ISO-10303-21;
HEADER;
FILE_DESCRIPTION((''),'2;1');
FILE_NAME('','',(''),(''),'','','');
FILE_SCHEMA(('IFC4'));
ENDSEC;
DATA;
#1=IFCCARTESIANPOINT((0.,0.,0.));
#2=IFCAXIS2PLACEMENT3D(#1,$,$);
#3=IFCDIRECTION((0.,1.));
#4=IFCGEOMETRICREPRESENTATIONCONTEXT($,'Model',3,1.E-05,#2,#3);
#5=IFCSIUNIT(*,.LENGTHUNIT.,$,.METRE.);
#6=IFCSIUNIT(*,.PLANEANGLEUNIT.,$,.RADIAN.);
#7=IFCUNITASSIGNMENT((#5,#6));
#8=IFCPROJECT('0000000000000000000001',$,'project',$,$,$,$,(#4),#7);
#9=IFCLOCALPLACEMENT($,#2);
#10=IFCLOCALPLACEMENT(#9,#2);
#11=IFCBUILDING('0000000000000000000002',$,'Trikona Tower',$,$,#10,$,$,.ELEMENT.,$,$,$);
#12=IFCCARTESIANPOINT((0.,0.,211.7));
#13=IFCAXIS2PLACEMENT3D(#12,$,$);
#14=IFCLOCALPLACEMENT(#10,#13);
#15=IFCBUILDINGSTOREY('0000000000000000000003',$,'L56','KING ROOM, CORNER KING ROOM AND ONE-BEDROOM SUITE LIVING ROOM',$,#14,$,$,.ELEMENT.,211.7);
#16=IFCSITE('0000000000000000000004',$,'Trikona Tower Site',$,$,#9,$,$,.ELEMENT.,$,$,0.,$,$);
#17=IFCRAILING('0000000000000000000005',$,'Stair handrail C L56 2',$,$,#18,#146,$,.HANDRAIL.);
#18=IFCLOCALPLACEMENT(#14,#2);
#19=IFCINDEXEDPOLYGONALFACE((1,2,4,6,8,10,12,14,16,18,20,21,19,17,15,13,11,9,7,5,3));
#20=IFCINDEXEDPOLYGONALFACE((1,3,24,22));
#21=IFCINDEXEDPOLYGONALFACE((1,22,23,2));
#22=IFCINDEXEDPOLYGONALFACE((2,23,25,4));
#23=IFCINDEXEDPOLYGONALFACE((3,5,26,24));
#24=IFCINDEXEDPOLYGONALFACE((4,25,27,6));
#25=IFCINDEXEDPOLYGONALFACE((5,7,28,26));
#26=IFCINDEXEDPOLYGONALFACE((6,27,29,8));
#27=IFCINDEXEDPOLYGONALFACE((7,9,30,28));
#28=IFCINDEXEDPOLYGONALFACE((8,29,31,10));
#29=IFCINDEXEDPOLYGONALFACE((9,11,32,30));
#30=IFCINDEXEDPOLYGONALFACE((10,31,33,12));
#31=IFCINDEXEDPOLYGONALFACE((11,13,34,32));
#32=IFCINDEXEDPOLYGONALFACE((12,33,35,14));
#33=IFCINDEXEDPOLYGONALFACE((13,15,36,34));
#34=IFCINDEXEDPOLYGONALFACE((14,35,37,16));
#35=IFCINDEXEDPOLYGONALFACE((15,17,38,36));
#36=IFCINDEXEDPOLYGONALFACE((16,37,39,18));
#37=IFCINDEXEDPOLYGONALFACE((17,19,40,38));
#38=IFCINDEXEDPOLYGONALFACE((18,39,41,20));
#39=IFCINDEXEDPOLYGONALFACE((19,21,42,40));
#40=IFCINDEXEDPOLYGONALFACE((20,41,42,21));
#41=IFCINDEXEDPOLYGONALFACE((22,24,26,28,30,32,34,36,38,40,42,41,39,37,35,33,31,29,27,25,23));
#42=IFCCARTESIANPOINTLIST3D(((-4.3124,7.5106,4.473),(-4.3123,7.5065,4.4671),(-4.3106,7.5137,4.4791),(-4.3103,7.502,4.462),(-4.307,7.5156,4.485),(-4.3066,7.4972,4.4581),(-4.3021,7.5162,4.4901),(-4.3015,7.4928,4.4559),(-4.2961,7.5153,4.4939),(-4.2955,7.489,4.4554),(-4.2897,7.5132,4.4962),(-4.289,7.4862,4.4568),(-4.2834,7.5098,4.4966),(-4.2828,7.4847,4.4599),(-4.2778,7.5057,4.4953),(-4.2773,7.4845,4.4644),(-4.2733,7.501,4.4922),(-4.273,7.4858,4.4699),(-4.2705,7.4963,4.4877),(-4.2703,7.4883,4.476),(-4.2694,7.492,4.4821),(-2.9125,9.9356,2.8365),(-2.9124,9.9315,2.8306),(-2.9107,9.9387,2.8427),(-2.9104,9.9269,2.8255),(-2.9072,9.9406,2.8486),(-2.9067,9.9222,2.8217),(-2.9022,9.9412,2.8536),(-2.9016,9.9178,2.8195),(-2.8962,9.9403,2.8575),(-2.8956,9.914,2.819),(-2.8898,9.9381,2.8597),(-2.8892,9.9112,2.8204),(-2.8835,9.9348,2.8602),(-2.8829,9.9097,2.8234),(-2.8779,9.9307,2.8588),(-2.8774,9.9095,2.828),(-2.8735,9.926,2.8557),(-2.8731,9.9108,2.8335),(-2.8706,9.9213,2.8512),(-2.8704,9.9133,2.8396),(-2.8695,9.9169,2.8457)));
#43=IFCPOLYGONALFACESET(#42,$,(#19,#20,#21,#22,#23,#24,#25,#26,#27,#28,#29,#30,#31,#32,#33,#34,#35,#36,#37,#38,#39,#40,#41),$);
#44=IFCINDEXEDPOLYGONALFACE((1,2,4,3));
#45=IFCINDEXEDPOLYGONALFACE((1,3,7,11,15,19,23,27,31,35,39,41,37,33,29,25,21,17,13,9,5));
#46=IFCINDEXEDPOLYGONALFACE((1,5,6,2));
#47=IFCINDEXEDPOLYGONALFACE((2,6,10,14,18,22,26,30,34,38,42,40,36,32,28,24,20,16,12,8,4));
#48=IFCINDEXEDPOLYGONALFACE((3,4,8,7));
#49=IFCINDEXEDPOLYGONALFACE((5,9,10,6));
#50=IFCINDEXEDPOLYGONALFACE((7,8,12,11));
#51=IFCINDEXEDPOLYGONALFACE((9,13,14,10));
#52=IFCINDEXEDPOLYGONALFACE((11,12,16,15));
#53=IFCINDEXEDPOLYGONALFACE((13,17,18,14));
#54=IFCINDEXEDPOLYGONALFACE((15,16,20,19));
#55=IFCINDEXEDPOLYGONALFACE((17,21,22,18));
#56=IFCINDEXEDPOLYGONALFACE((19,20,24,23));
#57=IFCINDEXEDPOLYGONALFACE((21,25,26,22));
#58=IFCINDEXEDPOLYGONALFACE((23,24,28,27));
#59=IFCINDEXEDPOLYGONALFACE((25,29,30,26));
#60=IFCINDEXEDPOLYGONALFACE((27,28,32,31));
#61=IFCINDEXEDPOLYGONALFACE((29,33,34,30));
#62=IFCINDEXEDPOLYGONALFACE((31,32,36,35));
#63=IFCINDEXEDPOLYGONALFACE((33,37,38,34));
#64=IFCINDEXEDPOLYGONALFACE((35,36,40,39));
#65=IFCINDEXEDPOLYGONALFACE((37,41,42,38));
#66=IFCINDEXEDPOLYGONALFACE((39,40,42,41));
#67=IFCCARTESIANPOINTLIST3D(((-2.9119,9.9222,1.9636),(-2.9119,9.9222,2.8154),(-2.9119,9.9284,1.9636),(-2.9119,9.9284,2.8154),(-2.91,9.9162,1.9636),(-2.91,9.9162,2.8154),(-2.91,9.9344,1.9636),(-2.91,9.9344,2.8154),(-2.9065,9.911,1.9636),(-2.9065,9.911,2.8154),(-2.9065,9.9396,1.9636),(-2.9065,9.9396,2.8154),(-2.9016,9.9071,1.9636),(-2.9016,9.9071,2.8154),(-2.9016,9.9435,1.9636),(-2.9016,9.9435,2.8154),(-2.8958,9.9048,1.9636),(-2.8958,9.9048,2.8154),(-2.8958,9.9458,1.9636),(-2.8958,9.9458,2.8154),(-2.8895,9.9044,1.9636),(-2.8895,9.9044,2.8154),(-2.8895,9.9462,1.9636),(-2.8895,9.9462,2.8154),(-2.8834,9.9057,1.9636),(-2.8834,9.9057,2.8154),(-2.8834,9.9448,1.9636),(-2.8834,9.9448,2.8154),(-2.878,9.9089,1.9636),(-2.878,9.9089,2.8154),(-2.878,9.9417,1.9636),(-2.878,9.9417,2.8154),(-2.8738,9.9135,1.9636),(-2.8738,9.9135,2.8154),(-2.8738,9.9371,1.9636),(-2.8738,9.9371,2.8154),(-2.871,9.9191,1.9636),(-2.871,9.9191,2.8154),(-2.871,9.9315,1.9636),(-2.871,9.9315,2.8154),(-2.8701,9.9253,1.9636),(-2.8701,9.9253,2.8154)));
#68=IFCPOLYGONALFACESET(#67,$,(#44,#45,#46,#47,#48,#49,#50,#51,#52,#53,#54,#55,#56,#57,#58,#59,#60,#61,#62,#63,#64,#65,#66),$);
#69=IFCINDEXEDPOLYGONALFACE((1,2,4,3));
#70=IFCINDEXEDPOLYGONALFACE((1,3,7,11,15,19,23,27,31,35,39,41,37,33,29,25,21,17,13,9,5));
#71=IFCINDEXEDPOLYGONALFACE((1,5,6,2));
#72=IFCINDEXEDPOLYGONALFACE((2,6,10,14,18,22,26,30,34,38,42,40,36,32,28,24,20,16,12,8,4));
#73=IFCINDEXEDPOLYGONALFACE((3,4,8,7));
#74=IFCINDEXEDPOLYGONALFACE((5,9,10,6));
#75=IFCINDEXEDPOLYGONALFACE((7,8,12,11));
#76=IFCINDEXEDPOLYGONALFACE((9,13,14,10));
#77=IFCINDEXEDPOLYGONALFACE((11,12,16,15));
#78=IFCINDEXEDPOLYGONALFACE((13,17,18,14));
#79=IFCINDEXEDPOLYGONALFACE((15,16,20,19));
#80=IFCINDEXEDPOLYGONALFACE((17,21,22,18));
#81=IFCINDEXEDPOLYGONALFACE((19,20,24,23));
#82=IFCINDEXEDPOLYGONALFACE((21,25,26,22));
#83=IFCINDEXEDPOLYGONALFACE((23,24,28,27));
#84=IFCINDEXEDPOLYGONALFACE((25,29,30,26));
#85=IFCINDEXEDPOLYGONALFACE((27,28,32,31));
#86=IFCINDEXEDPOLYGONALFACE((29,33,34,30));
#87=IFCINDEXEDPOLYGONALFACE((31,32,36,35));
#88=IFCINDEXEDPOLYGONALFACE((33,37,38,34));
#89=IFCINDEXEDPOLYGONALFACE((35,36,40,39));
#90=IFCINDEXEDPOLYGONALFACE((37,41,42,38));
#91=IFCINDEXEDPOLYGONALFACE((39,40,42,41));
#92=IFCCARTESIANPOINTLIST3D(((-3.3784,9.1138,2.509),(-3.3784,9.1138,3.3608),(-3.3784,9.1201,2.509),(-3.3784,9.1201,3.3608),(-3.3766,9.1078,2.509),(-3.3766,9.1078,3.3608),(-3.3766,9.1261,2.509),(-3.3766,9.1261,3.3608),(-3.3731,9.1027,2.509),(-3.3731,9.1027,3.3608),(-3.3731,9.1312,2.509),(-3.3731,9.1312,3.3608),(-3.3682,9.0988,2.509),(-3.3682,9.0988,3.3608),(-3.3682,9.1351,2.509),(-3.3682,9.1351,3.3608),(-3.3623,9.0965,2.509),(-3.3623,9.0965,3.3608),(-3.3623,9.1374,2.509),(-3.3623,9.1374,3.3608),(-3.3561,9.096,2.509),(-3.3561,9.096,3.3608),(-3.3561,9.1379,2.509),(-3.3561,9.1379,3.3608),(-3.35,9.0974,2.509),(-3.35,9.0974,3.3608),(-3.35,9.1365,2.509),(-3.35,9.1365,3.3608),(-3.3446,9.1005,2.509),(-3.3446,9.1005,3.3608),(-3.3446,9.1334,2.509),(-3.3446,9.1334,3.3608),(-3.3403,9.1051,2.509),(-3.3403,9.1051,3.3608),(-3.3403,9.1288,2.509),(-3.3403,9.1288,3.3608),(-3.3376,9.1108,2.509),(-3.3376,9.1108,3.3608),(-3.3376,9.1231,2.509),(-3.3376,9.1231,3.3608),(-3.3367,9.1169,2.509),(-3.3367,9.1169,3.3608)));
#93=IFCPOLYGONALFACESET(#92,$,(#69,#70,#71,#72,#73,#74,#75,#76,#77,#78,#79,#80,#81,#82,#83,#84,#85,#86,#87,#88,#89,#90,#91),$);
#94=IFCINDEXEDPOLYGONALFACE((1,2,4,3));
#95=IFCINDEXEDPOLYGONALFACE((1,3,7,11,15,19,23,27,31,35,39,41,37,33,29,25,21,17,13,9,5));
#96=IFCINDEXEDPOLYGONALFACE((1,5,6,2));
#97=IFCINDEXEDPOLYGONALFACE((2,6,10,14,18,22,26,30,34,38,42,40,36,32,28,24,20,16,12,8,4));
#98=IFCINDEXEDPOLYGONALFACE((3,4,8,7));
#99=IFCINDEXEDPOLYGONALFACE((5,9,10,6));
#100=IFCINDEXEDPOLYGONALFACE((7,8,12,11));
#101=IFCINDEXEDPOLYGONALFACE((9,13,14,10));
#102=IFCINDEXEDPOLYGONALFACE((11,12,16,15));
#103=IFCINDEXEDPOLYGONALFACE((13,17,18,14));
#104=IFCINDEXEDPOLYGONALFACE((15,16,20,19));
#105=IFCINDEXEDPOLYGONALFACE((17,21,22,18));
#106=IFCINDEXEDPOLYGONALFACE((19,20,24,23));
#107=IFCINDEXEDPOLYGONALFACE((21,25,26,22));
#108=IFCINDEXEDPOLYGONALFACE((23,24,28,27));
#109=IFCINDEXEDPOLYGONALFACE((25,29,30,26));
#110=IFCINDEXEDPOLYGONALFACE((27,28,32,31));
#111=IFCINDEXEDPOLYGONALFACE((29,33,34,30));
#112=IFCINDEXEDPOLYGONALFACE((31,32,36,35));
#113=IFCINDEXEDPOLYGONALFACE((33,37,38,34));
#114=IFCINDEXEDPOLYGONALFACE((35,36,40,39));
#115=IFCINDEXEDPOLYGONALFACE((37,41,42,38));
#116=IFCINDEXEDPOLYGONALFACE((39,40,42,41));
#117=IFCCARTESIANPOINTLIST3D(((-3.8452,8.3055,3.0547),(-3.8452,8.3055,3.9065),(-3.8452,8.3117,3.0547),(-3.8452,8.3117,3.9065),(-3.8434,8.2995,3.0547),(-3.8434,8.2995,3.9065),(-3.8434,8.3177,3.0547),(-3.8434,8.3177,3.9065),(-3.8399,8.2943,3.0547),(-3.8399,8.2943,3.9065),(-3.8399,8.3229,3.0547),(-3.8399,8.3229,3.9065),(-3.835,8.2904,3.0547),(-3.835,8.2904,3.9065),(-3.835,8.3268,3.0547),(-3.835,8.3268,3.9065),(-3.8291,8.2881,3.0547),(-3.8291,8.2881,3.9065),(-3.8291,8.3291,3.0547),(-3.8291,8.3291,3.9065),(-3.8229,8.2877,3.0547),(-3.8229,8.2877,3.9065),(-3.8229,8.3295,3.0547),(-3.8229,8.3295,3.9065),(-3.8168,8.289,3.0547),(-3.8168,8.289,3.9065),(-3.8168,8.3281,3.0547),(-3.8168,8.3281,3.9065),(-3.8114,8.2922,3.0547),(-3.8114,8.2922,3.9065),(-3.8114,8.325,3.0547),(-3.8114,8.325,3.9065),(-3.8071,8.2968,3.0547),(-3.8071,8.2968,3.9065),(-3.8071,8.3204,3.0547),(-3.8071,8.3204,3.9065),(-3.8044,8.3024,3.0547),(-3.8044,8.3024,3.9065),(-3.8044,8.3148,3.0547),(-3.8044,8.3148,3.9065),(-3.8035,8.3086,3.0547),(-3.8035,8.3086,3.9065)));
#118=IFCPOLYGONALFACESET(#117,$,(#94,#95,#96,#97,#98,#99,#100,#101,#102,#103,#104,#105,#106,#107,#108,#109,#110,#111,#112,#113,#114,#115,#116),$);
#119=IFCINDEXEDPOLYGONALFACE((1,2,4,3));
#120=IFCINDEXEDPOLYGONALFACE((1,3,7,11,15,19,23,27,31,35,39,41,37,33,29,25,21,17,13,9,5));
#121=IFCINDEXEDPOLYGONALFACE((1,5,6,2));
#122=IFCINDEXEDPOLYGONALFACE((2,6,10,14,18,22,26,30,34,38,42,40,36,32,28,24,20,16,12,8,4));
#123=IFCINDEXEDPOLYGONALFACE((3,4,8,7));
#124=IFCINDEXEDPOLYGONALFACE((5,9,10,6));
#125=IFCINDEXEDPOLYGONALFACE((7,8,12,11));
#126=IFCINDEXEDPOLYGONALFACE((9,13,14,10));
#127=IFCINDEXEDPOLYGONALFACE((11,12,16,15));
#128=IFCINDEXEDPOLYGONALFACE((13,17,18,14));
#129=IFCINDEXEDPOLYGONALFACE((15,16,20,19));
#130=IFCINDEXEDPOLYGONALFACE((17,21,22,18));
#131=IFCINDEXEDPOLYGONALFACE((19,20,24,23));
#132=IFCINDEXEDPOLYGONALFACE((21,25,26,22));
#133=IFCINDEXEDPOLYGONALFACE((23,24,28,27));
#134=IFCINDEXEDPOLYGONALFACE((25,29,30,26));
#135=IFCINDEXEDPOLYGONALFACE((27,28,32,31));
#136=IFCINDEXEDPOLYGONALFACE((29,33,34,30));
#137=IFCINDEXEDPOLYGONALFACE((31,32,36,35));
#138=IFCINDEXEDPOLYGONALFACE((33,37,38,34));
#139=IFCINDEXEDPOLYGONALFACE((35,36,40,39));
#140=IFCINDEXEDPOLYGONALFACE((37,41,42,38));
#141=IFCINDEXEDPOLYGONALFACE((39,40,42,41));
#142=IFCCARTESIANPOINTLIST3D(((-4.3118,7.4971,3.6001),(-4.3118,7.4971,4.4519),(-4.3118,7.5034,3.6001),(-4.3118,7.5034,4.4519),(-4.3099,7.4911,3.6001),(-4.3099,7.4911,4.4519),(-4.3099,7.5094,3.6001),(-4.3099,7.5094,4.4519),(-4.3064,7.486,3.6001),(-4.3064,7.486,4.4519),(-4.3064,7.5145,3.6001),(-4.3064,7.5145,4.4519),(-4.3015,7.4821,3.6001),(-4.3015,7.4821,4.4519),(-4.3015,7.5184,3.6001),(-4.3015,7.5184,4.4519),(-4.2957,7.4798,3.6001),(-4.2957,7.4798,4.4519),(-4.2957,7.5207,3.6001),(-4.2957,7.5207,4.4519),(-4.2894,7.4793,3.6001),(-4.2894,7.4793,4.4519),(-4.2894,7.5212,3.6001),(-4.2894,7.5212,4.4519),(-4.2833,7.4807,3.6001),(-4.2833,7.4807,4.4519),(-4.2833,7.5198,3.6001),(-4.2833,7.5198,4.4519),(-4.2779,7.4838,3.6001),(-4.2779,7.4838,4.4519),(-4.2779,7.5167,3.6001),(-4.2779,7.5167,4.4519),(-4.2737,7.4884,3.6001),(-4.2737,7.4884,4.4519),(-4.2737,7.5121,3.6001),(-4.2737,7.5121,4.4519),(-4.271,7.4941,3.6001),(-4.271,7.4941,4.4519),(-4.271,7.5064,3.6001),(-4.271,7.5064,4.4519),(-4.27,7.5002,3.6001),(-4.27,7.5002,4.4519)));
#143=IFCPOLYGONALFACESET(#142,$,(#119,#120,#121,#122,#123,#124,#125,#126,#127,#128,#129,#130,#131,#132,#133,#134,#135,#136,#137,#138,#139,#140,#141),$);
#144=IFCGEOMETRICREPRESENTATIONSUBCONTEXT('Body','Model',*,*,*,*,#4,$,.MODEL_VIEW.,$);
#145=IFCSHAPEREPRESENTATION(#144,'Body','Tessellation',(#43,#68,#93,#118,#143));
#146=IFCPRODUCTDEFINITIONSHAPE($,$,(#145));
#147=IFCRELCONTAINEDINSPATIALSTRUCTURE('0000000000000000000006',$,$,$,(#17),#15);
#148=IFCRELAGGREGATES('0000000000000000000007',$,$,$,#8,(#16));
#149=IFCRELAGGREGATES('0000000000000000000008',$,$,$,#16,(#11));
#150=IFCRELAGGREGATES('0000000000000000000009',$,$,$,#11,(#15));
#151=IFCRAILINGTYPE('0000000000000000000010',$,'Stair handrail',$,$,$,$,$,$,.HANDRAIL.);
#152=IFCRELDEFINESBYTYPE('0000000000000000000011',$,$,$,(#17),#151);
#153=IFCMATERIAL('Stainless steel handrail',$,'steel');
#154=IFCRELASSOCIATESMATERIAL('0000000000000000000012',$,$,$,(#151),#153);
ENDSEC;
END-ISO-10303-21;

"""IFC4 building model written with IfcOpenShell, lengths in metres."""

from ifc_helpers import new_model, si_unit, direction, frame, origin, origin_2d, place, context, subcontext, project, spatial, circle, extrude, material, type_object, element, save


model = new_model("IFC4")

# Units and contexts
model_context = context("Model", 3, precision=1e-05, world=origin(), true_north=direction((0.0, 1.0)))
body_context = subcontext(model_context, "Body", "Model", "MODEL_VIEW")
ifc_project = project(units=[si_unit("LENGTHUNIT", "METRE"), si_unit("PLANEANGLEUNIT", "RADIAN")], contexts=[model_context])

# Site, building, storey
site_placement = place(None, origin())
site = spatial("IfcSite", under=ifc_project, at=site_placement, Name="Trikona Tower Site", CompositionType="ELEMENT", RefElevation=0.0)
building_placement = place(site_placement, origin())
building = spatial("IfcBuilding", under=site, at=building_placement, Name="Trikona Tower", CompositionType="ELEMENT")
storey_placement = place(building_placement, frame((0.0, 0.0, 211.7)))
storey = spatial("IfcBuildingStorey", under=building, at=storey_placement, Name="L56", Description="KING ROOM, CORNER KING ROOM AND ONE-BEDROOM SUITE LIVING ROOM", CompositionType="ELEMENT", Elevation=211.7)

# Railing
ifc_material_1 = material(Name="Stainless steel handrail", Category="steel")
railing_type = type_object("IfcRailingType", Name="Stair handrail", PredefinedType="HANDRAIL", material=ifc_material_1)
railing_1_placement = place(storey_placement, frame((-2.8911, 9.9253, 1.9636)))
element("IfcRailing", 1, at=railing_1_placement, inside=storey, type_object=railing_type, Name="Stair handrail C L56 2", PredefinedType="HANDRAIL", context=body_context, shape_type="SweptSolid", body=[
    extrude(circle(Radius=0.0239, at=origin_2d()), frame((0.0, 0.0, 0.876), z_axis=(-0.431636, -0.747723, 0.504579), x_axis=(0.866056, -0.499946, 0.0)), (0.0, 0.0, 1.0), 3.2432),
    extrude(circle(Radius=0.021, at=origin_2d()), origin(), (0.0, 0.0, 1.0), 0.8518),
    extrude(circle(Radius=0.021, at=origin_2d()), frame((-0.4666, -0.8083, 0.5454)), (0.0, 0.0, 1.0), 0.8518),
    extrude(circle(Radius=0.021, at=origin_2d()), frame((-0.9333, -1.6167, 1.0911)), (0.0, 0.0, 1.0), 0.8518),
    extrude(circle(Radius=0.021, at=origin_2d()), frame((-1.3999, -2.425, 1.6365)), (0.0, 0.0, 1.0), 0.8518),
])

save(model, "model.ifc")
